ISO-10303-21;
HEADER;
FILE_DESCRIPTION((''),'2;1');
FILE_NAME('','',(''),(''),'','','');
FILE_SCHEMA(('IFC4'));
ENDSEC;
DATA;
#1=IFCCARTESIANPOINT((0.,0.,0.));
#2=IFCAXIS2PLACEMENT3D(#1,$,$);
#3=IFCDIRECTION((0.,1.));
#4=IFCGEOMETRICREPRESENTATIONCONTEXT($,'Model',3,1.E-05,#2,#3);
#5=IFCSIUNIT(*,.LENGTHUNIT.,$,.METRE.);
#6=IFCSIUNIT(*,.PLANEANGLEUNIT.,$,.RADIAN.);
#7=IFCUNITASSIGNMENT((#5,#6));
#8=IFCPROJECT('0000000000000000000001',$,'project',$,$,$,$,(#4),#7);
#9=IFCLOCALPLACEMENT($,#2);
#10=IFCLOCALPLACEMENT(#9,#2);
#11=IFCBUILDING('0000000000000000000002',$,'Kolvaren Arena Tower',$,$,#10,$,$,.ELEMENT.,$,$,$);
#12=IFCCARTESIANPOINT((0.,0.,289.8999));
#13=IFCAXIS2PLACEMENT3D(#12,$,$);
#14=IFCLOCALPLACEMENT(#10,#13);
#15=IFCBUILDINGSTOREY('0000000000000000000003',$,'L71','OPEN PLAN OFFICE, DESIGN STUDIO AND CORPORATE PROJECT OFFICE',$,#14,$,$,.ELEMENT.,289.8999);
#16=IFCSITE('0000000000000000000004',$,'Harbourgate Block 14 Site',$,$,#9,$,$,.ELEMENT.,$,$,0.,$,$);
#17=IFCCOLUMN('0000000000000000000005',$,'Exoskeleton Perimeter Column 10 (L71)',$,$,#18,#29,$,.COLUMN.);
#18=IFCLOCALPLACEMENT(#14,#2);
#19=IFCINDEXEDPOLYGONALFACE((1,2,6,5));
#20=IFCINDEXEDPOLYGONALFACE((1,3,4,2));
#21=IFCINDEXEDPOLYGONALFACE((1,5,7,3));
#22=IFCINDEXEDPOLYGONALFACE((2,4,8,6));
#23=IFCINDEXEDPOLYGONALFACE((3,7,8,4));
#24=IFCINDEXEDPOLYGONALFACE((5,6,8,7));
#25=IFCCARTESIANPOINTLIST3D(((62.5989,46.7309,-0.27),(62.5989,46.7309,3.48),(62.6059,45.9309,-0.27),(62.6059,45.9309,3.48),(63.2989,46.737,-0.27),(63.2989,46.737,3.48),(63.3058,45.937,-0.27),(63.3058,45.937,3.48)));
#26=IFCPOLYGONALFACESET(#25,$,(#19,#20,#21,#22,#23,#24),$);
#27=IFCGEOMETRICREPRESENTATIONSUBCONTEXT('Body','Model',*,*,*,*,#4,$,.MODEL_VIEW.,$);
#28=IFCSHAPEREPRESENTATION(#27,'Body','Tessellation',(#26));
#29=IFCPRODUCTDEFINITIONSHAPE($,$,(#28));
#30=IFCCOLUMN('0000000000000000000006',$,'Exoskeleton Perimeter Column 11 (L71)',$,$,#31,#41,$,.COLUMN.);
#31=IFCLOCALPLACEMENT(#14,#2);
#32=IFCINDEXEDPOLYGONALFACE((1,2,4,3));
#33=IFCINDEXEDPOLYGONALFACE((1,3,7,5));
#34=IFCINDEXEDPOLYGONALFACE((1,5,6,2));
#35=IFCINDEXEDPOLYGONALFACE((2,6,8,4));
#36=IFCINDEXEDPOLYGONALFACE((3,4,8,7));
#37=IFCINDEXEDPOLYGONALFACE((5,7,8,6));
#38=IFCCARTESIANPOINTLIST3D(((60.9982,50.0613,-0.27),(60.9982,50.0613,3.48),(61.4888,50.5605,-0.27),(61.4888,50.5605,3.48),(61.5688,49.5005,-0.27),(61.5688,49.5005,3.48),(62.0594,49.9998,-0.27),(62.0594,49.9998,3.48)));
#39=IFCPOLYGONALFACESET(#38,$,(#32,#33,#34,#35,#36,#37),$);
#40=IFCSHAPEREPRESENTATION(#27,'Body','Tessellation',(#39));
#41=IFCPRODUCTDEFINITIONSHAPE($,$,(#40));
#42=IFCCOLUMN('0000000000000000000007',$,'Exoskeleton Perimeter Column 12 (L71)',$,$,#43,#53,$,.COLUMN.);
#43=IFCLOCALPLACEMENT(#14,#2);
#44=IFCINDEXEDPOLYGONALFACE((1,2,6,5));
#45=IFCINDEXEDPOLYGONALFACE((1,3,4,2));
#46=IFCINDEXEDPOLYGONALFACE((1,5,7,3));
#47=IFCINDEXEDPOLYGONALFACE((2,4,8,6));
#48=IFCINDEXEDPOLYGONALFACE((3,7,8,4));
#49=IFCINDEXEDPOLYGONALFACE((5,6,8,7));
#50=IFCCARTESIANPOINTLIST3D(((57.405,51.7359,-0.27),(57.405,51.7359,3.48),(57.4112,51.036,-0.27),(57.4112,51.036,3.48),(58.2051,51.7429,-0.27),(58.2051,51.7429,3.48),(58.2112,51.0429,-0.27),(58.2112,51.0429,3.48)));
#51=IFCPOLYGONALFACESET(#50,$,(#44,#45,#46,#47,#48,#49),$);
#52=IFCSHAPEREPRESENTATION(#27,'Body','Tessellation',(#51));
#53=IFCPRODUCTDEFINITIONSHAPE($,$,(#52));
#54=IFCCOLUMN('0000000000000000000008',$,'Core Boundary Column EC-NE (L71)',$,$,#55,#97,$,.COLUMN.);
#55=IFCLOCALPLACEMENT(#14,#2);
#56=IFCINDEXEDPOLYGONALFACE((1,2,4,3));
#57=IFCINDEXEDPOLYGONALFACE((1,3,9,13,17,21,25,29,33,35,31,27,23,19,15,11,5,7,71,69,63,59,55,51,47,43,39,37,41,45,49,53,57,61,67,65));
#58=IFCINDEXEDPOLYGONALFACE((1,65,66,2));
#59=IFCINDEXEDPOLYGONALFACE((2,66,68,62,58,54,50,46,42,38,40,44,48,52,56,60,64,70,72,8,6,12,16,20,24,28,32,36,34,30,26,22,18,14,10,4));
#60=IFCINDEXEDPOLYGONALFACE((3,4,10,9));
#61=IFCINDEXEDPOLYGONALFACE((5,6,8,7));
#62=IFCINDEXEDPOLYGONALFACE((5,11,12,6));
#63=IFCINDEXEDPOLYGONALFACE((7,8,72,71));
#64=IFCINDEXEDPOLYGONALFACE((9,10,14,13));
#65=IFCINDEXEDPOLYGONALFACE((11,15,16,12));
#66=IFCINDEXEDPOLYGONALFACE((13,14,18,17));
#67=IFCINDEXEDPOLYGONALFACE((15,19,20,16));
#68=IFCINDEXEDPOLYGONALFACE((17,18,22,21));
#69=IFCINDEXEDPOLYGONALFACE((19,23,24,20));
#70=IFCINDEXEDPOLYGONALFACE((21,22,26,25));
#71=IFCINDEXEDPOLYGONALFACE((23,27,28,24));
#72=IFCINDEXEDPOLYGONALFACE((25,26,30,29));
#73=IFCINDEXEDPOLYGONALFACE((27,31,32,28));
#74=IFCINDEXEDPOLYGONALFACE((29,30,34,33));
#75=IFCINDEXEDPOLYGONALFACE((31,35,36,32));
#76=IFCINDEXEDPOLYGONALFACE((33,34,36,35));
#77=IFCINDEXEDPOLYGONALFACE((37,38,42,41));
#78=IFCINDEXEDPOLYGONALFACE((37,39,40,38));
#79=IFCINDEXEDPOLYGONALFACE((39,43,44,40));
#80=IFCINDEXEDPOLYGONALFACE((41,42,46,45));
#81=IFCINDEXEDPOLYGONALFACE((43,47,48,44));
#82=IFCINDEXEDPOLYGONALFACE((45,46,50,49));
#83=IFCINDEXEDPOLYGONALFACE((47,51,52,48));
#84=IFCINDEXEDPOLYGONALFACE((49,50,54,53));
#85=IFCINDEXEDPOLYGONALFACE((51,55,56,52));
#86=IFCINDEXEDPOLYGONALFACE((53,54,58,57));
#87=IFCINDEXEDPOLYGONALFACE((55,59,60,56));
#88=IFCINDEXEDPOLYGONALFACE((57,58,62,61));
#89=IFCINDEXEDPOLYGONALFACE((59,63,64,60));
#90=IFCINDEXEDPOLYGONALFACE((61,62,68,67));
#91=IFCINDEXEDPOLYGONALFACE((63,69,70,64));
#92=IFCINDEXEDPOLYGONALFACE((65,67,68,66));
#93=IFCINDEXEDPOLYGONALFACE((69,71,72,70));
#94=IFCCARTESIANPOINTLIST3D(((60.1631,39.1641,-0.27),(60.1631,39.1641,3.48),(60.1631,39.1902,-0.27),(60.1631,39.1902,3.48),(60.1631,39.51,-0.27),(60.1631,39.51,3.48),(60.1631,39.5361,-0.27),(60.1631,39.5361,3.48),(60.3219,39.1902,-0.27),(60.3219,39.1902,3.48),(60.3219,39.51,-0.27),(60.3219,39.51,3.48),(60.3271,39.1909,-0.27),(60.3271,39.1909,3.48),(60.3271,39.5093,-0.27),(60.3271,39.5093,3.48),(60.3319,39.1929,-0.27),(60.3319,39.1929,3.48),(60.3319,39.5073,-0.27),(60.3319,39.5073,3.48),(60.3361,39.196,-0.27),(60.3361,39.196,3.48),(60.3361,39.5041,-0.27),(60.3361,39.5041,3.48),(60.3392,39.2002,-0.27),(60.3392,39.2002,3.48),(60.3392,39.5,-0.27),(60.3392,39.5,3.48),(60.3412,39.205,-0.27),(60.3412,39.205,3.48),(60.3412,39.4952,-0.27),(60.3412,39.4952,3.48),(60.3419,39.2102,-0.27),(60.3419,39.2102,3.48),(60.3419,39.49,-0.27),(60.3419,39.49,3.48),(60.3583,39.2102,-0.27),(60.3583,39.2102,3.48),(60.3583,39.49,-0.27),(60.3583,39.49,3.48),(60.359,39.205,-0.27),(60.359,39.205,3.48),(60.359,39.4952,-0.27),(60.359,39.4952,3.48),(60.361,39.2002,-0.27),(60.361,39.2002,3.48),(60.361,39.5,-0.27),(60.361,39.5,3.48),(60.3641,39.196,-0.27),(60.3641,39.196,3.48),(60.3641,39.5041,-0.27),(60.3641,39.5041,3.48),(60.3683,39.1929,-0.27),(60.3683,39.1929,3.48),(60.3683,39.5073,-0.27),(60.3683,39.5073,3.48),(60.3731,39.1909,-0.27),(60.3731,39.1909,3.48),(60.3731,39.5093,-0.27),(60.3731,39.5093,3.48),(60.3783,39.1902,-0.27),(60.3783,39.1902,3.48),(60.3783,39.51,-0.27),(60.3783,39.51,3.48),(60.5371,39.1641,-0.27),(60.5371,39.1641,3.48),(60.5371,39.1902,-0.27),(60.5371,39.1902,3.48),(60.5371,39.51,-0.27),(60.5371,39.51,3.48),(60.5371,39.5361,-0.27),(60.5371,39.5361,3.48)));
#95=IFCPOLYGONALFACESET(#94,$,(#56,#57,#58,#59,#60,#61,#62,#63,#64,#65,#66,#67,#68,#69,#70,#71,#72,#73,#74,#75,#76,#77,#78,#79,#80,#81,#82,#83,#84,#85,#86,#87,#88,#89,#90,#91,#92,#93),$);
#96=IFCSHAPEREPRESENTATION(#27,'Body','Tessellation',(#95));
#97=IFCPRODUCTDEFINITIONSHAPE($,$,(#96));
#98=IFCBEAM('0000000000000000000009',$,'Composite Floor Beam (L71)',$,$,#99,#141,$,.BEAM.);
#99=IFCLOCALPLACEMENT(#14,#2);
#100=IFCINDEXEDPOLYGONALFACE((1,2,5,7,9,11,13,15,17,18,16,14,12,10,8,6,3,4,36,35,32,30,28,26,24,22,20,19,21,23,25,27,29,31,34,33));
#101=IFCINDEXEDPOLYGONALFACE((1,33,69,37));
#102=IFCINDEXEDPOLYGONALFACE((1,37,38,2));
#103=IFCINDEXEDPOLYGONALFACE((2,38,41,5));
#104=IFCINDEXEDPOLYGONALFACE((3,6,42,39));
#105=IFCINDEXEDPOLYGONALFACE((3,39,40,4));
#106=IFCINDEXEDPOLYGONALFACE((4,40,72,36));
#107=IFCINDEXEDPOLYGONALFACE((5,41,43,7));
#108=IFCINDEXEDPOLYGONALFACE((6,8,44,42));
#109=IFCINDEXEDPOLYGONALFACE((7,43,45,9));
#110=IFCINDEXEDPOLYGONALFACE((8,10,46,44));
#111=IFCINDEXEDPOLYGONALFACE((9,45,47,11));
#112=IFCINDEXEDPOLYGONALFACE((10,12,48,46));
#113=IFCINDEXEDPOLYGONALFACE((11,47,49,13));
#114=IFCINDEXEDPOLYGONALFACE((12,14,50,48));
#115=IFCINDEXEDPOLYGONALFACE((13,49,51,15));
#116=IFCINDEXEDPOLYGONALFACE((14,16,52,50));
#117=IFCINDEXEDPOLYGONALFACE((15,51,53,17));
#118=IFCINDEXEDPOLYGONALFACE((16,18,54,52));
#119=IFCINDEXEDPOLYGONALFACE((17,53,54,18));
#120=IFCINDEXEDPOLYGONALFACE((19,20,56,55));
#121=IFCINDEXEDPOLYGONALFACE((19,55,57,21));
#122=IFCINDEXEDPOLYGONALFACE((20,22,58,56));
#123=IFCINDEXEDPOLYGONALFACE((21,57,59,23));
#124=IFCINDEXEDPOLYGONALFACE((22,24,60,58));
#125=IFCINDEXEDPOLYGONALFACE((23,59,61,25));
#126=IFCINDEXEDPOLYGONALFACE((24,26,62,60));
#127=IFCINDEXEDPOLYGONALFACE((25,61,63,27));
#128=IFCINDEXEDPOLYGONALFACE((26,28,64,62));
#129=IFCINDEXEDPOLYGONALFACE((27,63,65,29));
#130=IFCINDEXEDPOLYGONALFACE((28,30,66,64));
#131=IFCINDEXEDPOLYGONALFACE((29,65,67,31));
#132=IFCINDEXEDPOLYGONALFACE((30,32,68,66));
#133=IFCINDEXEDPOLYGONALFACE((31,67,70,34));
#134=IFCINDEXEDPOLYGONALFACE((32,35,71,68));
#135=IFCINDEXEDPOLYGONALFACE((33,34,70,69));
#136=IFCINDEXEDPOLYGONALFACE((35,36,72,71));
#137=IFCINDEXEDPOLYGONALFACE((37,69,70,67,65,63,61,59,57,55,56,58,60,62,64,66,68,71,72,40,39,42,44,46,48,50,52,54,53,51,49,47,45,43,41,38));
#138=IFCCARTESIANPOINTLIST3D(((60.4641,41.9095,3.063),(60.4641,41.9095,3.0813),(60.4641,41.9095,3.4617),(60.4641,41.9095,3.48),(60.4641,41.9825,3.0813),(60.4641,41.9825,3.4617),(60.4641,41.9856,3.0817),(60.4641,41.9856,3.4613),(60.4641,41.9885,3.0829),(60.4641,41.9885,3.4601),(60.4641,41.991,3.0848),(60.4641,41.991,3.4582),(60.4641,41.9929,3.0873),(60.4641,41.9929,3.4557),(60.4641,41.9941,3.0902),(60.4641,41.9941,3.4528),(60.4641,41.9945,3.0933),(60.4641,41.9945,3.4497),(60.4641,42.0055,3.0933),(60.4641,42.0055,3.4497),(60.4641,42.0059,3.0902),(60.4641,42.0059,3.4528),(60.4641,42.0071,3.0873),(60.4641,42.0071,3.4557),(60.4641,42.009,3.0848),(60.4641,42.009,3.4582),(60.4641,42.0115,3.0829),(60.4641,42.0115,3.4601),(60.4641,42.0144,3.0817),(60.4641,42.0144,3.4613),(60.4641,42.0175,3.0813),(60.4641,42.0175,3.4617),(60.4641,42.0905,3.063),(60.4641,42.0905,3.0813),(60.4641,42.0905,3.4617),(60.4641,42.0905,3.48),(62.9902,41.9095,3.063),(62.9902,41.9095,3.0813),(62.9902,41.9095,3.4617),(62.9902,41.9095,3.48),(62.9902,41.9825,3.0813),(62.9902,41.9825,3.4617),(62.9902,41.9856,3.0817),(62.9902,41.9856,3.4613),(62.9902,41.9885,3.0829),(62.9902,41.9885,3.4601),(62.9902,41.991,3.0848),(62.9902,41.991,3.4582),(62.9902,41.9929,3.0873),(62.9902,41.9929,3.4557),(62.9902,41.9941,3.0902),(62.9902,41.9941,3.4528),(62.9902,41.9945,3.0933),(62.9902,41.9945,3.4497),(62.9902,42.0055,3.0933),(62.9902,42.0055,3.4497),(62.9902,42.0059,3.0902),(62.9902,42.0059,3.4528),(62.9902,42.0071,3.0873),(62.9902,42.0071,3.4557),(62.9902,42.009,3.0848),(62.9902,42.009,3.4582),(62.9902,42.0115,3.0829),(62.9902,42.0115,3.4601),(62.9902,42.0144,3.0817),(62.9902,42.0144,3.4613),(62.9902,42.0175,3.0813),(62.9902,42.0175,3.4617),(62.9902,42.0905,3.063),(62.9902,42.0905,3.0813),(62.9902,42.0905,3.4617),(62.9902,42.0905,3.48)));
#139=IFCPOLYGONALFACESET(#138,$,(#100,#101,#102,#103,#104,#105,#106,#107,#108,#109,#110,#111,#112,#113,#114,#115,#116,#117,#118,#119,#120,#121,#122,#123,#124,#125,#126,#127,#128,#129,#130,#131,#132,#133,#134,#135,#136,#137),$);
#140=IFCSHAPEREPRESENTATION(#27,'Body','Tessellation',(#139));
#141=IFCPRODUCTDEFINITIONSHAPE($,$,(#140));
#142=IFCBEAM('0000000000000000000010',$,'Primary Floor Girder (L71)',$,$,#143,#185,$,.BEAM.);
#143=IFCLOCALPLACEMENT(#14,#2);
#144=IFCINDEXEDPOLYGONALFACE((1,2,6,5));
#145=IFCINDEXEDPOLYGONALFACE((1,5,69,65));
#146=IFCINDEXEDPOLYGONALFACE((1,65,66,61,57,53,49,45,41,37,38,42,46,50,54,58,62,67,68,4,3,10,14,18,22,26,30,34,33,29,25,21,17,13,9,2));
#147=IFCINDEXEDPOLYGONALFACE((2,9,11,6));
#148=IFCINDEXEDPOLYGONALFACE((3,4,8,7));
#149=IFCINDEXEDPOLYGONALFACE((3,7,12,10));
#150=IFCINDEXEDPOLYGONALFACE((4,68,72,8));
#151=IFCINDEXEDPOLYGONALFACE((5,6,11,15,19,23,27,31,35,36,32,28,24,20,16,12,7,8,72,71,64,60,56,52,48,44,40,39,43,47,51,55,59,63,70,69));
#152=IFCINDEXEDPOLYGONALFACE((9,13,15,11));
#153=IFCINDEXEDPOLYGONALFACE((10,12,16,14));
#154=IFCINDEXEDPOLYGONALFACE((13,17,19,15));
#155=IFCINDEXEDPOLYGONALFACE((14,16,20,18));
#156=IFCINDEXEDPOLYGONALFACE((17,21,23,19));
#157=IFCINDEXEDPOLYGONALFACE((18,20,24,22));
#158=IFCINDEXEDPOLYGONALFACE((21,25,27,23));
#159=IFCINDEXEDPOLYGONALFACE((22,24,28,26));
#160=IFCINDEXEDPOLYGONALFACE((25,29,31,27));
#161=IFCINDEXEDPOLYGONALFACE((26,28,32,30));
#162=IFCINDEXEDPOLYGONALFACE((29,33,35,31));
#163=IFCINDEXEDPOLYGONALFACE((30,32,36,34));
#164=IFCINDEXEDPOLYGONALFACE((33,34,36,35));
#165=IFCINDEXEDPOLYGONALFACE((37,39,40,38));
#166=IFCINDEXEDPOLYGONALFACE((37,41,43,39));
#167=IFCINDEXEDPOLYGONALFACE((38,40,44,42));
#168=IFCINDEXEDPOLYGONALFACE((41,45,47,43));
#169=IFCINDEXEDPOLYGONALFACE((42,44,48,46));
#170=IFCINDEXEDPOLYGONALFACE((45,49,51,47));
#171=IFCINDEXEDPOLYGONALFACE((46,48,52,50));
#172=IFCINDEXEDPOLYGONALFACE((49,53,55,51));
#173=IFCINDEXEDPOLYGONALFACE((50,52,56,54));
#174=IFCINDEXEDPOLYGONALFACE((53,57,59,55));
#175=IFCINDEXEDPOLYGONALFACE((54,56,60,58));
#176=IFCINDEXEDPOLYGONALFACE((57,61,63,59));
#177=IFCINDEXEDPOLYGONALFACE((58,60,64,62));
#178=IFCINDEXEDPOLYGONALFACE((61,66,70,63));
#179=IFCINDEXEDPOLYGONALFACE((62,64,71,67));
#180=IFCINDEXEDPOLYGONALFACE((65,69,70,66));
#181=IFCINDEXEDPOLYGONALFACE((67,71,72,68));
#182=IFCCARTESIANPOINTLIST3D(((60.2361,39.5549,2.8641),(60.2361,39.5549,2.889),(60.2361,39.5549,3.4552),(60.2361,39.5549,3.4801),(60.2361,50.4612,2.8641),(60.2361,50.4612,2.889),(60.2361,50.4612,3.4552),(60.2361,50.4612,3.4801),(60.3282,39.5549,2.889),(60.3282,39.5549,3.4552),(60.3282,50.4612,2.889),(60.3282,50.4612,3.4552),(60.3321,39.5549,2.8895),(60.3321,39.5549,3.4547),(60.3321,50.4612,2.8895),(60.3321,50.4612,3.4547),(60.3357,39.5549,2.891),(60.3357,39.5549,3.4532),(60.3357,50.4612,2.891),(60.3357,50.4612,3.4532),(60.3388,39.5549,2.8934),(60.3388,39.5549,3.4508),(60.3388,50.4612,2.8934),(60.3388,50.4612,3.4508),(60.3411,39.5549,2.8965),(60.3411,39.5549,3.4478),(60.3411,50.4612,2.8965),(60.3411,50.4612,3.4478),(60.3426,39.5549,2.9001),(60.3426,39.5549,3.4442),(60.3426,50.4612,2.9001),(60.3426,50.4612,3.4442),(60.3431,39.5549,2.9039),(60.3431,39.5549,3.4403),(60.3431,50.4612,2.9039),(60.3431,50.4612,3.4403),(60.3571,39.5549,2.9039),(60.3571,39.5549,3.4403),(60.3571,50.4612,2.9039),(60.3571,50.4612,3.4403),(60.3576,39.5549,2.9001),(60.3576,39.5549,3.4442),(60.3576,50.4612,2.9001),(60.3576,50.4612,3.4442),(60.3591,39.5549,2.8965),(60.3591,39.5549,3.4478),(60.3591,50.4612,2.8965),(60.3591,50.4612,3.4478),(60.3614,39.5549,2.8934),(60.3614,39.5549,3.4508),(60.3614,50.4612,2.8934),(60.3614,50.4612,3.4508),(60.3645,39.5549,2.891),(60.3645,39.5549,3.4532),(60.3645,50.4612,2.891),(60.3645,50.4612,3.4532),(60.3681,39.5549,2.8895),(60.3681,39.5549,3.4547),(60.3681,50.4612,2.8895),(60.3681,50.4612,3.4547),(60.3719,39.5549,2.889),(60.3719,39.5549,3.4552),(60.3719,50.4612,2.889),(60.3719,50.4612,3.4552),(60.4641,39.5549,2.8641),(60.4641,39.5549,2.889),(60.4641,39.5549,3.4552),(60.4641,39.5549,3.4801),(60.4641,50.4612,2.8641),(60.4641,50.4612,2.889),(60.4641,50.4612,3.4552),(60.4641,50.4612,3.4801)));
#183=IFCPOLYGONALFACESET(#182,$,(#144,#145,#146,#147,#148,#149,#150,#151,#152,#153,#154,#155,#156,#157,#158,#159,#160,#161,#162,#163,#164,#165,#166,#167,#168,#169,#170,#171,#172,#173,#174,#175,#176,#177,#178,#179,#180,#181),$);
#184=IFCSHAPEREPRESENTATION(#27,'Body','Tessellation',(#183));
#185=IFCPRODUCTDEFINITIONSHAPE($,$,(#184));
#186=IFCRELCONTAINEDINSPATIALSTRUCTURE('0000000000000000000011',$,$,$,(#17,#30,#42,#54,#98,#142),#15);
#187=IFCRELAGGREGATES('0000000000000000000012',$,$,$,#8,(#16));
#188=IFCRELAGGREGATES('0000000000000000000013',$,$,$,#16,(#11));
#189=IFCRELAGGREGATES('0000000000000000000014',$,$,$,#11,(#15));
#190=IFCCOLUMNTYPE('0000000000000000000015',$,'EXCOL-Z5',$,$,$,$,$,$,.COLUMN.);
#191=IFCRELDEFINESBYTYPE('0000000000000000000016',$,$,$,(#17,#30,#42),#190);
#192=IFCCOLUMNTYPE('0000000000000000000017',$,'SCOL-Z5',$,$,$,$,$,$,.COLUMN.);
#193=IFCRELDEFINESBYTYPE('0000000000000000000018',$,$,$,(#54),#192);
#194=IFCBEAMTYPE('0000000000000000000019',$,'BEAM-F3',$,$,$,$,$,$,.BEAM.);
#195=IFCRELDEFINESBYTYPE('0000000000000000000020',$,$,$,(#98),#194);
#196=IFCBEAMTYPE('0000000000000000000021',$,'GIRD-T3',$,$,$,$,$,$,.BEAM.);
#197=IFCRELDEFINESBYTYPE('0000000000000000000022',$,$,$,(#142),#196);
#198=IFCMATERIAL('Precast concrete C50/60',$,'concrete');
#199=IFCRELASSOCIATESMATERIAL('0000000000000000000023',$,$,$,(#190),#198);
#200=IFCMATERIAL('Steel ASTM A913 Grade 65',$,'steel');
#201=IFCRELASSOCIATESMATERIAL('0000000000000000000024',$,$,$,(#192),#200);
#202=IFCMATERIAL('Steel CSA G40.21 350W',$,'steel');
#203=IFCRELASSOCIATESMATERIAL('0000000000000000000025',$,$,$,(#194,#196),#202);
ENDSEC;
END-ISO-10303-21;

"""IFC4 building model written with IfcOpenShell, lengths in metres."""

from ifc_helpers import new_model, si_unit, direction, frame, origin, origin_2d, place, context, subcontext, project, spatial, rectangle, i_section, extrude, material, material_profile, profile_set, type_object, element, save


model = new_model("IFC4")

# Units and contexts
model_context = context("Model", 3, precision=1e-05, world=origin(), true_north=direction((0.0, 1.0)))
body_context = subcontext(model_context, "Body", "Model", "MODEL_VIEW")
ifc_project = project(units=[si_unit("LENGTHUNIT", "METRE"), si_unit("PLANEANGLEUNIT", "RADIAN")], contexts=[model_context])

# Site, building, storey
site_placement = place(None, origin())
site = spatial("IfcSite", under=ifc_project, at=site_placement, Name="Harbourgate Block 14 Site", CompositionType="ELEMENT", RefElevation=0.0)
building_placement = place(site_placement, origin())
building = spatial("IfcBuilding", under=site, at=building_placement, Name="Kolvaren Arena Tower", CompositionType="ELEMENT")
storey_placement = place(building_placement, frame((0.0, 0.0, 289.8999)))
storey = spatial("IfcBuildingStorey", under=building, at=storey_placement, Name="L71", Description="OPEN PLAN OFFICE, DESIGN STUDIO AND CORPORATE PROJECT OFFICE", CompositionType="ELEMENT", Elevation=289.8999)

# Columns
ifc_material_1 = material(Name="Precast concrete C50/60", Category="concrete")
ifc_material_profile_1 = material_profile(ifc_material_1, rectangle(XDim=0.8, YDim=0.7, at=origin_2d()), Name="RC-800x700")
ifc_profile_set_1 = profile_set([ifc_material_profile_1], Name="Precast concrete C50/60")
column_type_1 = type_object("IfcColumnType", Name="EXCOL-Z5", PredefinedType="COLUMN", material=ifc_profile_set_1)
for number, where, z_axis, x_axis, name in (
    (1, (62.9524, 46.334, -0.27), (0.0, 0.0, 1.0), (-0.008727, 0.999962, 0.0), "Exoskeleton Perimeter Column 10 (L71)"),
    (2, (61.5288, 50.0305, -0.27), (0.0, 0.0, 1.0), (-0.71325, 0.700909, 0.0), "Exoskeleton Perimeter Column 11 (L71)"),
    (3, (57.8081, 51.3894, -0.27), (0.0, 0.0, 1.0), (0.999962, 0.008727, 0.0), "Exoskeleton Perimeter Column 12 (L71)"),
):
    element("IfcColumn", number, at=place(storey_placement, frame(where, z_axis=z_axis, x_axis=x_axis)), inside=storey, type_object=column_type_1, Name=name, PredefinedType="COLUMN", context=body_context, shape_type="SweptSolid", body=[
        extrude(rectangle(XDim=0.8, YDim=0.7, at=origin_2d()), origin(), (0.0, 0.0, 1.0), 3.75),
    ])
ifc_material_2 = material(Name="Steel ASTM A913 Grade 65", Category="steel")
ifc_material_profile_2 = material_profile(ifc_material_2, i_section(OverallWidth=0.374, OverallDepth=0.3721, WebThickness=0.0164, FlangeThickness=0.0261, FilletRadius=0.02, at=origin_2d()), Name="W360x196")
ifc_profile_set_2 = profile_set([ifc_material_profile_2], Name="Steel ASTM A913 Grade 65")
column_type_2 = type_object("IfcColumnType", Name="SCOL-Z5", PredefinedType="COLUMN", material=ifc_profile_set_2)
column_placement = place(storey_placement, frame((60.3501, 39.3501, -0.27), z_axis=(0.0, 0.0, 1.0), x_axis=(1.0, 0.0, 0.0)))
element("IfcColumn", 4, at=column_placement, inside=storey, type_object=column_type_2, Name="Core Boundary Column EC-NE (L71)", PredefinedType="COLUMN", context=body_context, shape_type="SweptSolid", body=[
    extrude(i_section(OverallWidth=0.374, OverallDepth=0.3721, WebThickness=0.0164, FlangeThickness=0.0261, FilletRadius=0.02, at=origin_2d()), origin(), (0.0, 0.0, 1.0), 3.75),
])

# Beams
ifc_material_3 = material(Name="Steel CSA G40.21 350W", Category="steel")
ifc_material_profile_3 = material_profile(ifc_material_3, i_section(OverallWidth=0.1809, OverallDepth=0.417, WebThickness=0.011, FlangeThickness=0.0183, FilletRadius=0.012, at=origin_2d()), Name="W410x85")
ifc_profile_set_3 = profile_set([ifc_material_profile_3], Name="Steel CSA G40.21 350W")
beam_type_1 = type_object("IfcBeamType", Name="BEAM-F3", PredefinedType="BEAM", material=ifc_profile_set_3)
beam_1_placement = place(storey_placement, frame((60.4641, 42.0, 3.2715), z_axis=(1.0, 0.0, 0.0), x_axis=(0.0, 1.0, 0.0)))
element("IfcBeam", 5, at=beam_1_placement, inside=storey, type_object=beam_type_1, Name="Composite Floor Beam (L71)", PredefinedType="BEAM", context=body_context, shape_type="SweptSolid", body=[
    extrude(i_section(OverallWidth=0.1809, OverallDepth=0.417, WebThickness=0.011, FlangeThickness=0.0183, FilletRadius=0.012, at=origin_2d()), origin(), (0.0, 0.0, 1.0), 2.5261),
])
ifc_material_profile_4 = material_profile(ifc_material_3, i_section(OverallWidth=0.228, OverallDepth=0.616, WebThickness=0.0139, FlangeThickness=0.0249, FilletRadius=0.0149, at=origin_2d()), Name="W610x174")
ifc_profile_set_4 = profile_set([ifc_material_profile_4], Name="Steel CSA G40.21 350W")
beam_type_2 = type_object("IfcBeamType", Name="GIRD-T3", PredefinedType="BEAM", material=ifc_profile_set_4)
beam_2_placement = place(storey_placement, frame((60.3501, 39.5549, 3.1721), z_axis=(0.0, 1.0, 0.0), x_axis=(-1.0, 0.0, 0.0)))
element("IfcBeam", 6, at=beam_2_placement, inside=storey, type_object=beam_type_2, Name="Primary Floor Girder (L71)", PredefinedType="BEAM", context=body_context, shape_type="SweptSolid", body=[
    extrude(i_section(OverallWidth=0.228, OverallDepth=0.616, WebThickness=0.0139, FlangeThickness=0.0249, FilletRadius=0.0149, at=origin_2d()), origin(), (0.0, 0.0, 1.0), 10.9062),
])

save(model, "model.ifc")
